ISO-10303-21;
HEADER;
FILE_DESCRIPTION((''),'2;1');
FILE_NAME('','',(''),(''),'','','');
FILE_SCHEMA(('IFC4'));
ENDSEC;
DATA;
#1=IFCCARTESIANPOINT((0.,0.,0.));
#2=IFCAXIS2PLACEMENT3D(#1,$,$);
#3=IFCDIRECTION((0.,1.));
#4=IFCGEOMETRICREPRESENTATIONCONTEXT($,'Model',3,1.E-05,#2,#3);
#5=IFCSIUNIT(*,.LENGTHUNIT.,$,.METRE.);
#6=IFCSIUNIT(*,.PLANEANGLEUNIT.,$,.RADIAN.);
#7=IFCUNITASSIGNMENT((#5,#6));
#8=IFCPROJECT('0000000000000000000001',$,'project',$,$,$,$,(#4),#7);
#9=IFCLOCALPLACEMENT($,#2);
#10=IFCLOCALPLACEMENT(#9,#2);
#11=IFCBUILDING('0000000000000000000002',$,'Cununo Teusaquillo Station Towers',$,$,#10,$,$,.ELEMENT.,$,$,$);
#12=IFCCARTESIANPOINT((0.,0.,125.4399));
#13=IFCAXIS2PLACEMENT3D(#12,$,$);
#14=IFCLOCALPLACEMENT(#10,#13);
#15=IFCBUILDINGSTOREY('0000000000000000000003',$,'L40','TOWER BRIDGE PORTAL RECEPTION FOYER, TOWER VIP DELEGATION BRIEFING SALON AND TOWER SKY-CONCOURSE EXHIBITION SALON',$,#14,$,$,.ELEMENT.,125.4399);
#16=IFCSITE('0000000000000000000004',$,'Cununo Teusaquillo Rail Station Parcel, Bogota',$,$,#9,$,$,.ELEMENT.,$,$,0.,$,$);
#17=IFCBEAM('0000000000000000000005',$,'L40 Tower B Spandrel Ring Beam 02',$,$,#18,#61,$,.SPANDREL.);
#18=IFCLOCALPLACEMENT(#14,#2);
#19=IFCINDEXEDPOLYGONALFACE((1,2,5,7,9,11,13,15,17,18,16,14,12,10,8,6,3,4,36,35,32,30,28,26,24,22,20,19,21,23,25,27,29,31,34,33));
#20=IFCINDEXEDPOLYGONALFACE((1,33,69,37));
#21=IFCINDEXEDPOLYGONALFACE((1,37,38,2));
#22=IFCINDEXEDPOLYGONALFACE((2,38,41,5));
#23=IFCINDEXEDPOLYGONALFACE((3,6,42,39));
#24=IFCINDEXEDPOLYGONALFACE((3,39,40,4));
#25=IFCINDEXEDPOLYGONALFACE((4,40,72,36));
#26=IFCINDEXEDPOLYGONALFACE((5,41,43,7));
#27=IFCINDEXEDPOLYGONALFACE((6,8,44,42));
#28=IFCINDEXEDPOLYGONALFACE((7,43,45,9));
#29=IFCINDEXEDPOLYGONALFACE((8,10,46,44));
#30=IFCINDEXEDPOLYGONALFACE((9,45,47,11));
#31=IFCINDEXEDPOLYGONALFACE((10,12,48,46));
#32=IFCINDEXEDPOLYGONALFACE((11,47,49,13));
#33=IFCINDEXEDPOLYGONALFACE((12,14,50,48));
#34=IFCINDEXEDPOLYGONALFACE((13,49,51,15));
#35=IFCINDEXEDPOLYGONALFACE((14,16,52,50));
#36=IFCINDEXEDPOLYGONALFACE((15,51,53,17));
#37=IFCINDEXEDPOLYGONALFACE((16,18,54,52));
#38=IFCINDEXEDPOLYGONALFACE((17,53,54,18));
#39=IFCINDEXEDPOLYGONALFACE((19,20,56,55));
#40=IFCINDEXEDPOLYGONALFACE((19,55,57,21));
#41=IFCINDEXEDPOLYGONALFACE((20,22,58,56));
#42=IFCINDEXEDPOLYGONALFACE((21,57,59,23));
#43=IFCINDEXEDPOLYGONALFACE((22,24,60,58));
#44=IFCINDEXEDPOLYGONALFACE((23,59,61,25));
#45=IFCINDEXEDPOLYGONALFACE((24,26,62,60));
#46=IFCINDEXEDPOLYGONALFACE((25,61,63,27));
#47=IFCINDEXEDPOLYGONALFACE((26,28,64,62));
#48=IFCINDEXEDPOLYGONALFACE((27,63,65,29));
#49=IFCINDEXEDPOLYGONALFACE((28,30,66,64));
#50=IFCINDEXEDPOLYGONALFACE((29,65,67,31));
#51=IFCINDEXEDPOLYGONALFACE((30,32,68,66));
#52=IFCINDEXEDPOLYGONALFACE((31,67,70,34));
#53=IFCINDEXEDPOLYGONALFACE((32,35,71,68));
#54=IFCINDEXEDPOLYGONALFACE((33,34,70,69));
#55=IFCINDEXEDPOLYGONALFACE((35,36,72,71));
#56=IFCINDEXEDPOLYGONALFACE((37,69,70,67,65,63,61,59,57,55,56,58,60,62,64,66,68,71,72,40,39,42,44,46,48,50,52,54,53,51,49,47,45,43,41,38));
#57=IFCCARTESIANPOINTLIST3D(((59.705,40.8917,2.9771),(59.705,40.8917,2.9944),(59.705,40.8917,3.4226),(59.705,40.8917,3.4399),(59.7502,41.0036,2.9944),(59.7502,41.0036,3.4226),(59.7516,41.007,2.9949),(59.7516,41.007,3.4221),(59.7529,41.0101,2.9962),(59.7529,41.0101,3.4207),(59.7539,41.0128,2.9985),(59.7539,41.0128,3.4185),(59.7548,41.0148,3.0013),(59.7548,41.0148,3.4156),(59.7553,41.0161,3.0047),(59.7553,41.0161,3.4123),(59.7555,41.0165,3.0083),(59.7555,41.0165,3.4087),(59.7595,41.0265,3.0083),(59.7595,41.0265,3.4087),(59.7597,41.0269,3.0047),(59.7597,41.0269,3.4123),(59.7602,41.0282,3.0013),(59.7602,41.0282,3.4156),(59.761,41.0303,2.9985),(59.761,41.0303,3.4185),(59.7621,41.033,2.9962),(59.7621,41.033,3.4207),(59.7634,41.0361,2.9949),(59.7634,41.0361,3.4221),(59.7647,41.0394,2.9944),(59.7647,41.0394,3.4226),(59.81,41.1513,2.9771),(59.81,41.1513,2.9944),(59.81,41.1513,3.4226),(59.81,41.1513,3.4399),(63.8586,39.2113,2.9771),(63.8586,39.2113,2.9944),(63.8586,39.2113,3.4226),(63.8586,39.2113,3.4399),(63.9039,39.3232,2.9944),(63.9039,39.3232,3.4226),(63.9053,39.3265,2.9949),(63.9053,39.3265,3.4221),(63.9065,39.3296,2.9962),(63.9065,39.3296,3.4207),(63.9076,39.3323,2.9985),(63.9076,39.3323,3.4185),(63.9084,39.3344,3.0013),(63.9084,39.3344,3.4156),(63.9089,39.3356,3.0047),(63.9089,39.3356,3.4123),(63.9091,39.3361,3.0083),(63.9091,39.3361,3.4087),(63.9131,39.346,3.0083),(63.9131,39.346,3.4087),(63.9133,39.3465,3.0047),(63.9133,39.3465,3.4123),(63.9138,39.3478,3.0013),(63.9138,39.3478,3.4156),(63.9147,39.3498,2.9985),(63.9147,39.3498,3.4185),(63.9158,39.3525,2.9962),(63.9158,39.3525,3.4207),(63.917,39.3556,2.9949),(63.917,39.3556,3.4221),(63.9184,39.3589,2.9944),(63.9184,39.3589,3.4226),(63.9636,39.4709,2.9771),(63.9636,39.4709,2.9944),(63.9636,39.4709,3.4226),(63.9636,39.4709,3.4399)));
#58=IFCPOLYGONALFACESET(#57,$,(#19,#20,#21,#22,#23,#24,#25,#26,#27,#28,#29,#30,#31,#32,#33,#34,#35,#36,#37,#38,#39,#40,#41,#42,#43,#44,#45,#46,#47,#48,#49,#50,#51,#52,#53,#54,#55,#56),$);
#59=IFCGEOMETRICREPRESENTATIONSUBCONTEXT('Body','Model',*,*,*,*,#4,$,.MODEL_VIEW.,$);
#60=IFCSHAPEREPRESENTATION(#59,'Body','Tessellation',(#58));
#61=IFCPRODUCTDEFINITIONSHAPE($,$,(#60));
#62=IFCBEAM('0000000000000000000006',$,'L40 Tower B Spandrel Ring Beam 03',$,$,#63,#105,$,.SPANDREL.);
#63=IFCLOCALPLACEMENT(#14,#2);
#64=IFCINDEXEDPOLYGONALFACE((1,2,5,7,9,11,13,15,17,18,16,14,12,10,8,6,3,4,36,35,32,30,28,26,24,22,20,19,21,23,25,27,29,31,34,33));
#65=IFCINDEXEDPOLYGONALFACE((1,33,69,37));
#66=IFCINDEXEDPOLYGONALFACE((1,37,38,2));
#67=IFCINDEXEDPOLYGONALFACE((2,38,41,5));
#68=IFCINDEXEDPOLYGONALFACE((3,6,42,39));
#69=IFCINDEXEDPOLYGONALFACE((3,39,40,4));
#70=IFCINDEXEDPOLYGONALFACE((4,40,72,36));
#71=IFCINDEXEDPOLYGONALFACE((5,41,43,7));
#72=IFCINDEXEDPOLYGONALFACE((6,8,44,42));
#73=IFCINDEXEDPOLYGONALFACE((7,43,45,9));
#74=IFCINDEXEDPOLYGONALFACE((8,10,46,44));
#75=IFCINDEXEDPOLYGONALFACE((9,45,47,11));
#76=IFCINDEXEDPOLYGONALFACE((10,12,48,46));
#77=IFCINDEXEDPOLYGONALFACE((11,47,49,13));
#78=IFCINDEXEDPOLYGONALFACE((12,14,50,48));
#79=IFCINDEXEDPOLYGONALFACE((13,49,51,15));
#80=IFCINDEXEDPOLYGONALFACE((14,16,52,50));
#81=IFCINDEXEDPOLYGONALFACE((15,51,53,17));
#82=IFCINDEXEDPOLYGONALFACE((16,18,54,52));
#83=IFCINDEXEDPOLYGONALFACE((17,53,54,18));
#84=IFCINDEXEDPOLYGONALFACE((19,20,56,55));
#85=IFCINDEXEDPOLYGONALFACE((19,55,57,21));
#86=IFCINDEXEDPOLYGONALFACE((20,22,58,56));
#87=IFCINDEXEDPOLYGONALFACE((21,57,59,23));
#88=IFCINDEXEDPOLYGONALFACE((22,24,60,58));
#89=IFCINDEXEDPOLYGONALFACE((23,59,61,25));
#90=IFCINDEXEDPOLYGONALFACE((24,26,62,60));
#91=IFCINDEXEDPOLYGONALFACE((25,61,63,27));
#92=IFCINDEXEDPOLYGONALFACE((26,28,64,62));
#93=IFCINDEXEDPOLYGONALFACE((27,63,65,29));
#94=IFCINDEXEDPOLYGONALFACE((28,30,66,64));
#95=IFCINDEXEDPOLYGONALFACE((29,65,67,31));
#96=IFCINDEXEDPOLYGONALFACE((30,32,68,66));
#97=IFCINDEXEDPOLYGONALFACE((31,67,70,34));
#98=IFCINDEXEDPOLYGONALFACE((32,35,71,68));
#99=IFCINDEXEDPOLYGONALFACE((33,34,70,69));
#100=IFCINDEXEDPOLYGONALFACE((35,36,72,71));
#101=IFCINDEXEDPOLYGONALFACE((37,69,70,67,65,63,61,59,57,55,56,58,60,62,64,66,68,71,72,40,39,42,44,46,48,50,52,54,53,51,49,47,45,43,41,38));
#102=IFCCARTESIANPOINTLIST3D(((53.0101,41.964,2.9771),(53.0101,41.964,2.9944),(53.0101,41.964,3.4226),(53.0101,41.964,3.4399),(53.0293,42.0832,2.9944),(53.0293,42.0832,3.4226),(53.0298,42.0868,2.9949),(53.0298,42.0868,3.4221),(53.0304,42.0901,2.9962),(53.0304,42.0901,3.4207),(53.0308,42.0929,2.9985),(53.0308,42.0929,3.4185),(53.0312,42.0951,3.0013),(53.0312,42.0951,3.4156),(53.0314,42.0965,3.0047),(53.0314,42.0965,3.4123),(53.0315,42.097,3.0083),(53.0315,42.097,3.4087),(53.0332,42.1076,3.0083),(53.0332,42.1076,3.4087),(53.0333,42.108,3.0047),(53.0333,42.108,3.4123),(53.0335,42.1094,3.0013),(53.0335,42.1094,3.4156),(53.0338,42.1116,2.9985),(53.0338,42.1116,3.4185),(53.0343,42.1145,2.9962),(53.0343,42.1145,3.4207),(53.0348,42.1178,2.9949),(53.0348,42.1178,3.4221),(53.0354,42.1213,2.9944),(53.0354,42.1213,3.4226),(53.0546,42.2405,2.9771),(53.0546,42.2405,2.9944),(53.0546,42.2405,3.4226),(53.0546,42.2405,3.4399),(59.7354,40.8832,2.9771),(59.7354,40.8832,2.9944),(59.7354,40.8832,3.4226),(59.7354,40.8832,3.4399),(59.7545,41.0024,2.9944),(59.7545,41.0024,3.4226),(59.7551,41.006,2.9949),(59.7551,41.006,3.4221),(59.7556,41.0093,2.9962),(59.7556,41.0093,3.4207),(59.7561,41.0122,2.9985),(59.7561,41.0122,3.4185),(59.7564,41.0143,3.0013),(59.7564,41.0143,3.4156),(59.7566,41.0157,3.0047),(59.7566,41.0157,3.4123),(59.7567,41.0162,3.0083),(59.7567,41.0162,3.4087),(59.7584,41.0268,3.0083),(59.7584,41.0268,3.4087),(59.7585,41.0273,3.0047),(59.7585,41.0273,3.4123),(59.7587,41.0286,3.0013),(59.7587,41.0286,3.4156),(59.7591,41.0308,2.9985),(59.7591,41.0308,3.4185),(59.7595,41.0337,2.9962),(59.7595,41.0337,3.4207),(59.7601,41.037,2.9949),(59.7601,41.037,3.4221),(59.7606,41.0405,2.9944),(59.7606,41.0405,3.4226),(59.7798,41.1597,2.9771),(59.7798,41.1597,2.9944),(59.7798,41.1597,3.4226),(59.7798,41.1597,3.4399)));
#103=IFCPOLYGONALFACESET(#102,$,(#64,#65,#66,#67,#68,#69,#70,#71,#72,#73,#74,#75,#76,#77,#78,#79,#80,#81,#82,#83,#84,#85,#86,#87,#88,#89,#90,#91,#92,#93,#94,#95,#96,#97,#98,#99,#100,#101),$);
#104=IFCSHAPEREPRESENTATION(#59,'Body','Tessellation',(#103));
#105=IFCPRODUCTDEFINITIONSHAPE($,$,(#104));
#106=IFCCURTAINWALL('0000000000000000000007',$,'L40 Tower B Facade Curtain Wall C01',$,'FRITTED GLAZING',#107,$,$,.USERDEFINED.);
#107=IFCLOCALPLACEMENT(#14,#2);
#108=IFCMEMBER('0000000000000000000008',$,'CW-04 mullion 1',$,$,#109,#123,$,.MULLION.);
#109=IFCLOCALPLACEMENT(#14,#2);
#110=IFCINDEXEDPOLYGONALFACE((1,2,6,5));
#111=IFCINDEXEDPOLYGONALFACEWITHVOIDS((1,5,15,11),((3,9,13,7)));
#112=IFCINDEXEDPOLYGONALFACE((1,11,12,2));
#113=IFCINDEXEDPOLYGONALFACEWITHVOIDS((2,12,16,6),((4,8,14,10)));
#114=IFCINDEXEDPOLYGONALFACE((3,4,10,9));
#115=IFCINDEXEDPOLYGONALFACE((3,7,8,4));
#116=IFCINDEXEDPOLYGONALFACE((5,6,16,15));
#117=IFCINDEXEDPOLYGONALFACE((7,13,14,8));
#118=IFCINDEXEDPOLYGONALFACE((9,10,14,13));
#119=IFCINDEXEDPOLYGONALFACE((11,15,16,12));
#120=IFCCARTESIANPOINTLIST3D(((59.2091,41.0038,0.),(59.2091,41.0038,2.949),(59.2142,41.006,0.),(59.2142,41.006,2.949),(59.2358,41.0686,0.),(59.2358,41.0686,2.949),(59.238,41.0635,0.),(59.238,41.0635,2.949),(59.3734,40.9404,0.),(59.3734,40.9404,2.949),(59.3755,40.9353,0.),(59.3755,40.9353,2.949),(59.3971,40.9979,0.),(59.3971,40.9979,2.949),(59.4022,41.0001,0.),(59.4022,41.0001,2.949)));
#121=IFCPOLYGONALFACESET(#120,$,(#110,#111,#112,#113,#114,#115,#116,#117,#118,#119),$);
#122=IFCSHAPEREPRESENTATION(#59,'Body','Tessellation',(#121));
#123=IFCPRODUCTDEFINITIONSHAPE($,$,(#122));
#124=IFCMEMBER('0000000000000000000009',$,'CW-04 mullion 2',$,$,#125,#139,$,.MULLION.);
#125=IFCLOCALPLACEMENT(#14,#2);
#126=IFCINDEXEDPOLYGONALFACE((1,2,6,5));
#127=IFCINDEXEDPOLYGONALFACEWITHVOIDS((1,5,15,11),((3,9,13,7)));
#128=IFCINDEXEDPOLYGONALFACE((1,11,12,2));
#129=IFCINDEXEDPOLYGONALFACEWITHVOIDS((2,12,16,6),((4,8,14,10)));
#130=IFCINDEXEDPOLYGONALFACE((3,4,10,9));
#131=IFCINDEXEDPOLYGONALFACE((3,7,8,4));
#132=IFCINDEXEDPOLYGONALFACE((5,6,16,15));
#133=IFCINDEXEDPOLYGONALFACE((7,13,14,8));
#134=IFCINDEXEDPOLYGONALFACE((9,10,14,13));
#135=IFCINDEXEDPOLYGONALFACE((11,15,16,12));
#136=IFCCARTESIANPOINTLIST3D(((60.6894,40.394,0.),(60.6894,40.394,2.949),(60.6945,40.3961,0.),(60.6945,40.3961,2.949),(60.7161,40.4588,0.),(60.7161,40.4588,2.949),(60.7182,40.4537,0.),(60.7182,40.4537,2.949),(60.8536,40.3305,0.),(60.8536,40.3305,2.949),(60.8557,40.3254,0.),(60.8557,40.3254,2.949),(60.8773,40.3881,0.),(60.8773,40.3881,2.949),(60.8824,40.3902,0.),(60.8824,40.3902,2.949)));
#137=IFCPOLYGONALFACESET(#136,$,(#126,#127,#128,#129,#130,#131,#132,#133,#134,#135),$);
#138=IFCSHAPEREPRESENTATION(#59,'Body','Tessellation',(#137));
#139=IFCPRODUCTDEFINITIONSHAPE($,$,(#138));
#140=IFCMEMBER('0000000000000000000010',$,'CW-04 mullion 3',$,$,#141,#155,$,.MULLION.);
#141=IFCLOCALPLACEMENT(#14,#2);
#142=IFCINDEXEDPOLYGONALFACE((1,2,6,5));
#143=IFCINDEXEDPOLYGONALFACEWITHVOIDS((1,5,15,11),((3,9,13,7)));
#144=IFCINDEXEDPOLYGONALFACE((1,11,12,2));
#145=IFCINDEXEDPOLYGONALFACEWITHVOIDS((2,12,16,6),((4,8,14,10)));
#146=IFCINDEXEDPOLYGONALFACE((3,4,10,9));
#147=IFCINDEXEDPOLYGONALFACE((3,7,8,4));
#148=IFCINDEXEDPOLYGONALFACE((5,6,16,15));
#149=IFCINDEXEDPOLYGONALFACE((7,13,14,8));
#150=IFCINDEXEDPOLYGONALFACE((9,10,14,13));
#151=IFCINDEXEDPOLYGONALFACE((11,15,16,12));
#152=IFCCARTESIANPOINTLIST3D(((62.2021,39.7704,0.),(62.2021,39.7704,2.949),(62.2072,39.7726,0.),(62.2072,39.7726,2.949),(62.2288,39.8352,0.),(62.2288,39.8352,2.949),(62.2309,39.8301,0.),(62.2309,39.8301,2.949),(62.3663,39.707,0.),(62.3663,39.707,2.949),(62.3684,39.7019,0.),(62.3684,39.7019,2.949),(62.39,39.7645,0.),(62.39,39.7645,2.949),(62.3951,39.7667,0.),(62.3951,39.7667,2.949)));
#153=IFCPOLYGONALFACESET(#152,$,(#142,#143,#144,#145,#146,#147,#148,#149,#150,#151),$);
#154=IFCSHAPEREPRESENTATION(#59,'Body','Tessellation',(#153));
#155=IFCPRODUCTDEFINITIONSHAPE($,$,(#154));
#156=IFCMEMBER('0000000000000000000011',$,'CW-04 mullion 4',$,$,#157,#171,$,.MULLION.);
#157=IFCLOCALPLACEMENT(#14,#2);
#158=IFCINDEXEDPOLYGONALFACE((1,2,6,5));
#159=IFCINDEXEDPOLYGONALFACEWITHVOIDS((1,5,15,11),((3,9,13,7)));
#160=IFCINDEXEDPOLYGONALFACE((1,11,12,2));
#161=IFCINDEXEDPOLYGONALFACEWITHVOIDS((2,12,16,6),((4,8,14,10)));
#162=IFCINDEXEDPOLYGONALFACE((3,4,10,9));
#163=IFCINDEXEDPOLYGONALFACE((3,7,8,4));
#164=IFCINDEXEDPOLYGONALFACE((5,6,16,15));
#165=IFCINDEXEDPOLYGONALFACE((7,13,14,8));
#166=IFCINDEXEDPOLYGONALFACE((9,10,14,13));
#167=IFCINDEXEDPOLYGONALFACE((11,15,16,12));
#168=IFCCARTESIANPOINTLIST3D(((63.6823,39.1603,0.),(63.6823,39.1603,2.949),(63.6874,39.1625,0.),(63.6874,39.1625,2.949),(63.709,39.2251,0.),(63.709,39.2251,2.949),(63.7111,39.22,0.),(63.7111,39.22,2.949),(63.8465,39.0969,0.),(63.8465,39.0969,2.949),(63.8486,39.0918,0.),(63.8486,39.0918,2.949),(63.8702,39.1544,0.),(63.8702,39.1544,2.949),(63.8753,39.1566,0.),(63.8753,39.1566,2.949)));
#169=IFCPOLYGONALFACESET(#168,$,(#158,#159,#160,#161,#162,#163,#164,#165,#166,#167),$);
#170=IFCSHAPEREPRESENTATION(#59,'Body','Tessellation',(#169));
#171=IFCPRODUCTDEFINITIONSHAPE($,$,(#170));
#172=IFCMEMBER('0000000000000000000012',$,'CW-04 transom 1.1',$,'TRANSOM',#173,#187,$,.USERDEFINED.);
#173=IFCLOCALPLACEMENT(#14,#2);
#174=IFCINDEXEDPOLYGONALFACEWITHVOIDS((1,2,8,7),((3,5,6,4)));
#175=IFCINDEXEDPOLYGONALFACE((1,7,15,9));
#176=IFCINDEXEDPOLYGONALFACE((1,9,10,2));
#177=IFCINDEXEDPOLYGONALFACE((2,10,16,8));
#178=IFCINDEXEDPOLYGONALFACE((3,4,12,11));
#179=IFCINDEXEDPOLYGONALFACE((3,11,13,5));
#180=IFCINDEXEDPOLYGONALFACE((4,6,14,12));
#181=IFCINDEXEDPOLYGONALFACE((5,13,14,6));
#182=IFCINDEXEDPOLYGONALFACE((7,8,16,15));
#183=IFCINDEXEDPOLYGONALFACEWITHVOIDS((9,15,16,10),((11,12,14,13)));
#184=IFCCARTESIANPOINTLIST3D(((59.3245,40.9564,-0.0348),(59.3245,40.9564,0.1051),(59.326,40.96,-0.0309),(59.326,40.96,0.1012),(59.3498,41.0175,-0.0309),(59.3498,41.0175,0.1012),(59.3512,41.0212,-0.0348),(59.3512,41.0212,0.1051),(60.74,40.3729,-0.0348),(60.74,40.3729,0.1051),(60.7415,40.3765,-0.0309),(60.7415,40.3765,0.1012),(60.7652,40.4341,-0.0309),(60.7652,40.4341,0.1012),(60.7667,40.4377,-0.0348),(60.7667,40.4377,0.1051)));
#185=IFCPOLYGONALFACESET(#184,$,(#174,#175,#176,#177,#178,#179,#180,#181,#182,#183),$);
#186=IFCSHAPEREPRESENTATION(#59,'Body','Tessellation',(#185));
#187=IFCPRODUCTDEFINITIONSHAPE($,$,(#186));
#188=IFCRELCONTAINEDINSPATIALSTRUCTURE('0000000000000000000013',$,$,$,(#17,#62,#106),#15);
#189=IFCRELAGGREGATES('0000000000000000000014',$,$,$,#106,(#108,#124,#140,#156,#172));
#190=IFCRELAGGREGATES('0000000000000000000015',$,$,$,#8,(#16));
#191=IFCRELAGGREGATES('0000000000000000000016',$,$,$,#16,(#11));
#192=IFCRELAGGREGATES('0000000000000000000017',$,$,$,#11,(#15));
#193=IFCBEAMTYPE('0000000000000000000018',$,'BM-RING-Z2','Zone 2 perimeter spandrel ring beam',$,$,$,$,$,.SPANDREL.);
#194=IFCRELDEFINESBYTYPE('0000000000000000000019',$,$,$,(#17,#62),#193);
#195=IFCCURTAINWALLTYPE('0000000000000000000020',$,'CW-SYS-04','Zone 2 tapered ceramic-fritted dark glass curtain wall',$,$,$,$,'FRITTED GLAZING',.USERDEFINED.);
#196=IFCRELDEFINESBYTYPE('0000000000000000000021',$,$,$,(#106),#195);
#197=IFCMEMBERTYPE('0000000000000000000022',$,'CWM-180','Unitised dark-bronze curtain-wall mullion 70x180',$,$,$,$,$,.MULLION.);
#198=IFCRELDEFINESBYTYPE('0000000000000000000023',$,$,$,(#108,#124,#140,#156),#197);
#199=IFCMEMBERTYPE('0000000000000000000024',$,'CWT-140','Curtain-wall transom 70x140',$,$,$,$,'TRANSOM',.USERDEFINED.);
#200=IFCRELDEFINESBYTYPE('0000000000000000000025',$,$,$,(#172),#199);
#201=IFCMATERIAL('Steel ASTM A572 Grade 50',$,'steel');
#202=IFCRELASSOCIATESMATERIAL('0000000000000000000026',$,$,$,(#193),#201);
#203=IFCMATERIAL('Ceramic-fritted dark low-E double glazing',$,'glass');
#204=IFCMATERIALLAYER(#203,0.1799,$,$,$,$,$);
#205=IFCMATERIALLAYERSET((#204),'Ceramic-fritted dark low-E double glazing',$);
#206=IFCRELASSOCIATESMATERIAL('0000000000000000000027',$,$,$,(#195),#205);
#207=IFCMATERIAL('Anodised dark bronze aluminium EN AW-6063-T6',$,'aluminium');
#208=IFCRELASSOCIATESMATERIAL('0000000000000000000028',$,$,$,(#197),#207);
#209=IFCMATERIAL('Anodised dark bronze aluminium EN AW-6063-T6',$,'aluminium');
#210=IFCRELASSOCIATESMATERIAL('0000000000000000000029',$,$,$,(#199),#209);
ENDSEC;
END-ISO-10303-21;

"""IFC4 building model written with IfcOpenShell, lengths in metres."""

from ifc_helpers import new_model, si_unit, direction, frame, origin, origin_2d, place, context, subcontext, project, spatial, hollow_rectangle, i_section, extrude, material, layer, layer_set, material_profile, profile_set, type_object, element, aggregate, save


model = new_model("IFC4")

# Units and contexts
model_context = context("Model", 3, precision=1e-05, world=origin(), true_north=direction((0.0, 1.0)))
body_context = subcontext(model_context, "Body", "Model", "MODEL_VIEW")
ifc_project = project(units=[si_unit("LENGTHUNIT", "METRE"), si_unit("PLANEANGLEUNIT", "RADIAN")], contexts=[model_context])

# Site, building, storey
site_placement = place(None, origin())
site = spatial("IfcSite", under=ifc_project, at=site_placement, Name="Cununo Teusaquillo Rail Station Parcel, Bogota", CompositionType="ELEMENT", RefElevation=0.0)
building_placement = place(site_placement, origin())
building = spatial("IfcBuilding", under=site, at=building_placement, Name="Cununo Teusaquillo Station Towers", CompositionType="ELEMENT")
storey_placement = place(building_placement, frame((0.0, 0.0, 125.4399)))
storey = spatial("IfcBuildingStorey", under=building, at=storey_placement, Name="L40", Description="TOWER BRIDGE PORTAL RECEPTION FOYER, TOWER VIP DELEGATION BRIEFING SALON AND TOWER SKY-CONCOURSE EXHIBITION SALON", CompositionType="ELEMENT", Elevation=125.4399)

# Beams
ifc_material_1 = material(Name="Steel ASTM A572 Grade 50", Category="steel")
ifc_material_profile_1 = material_profile(ifc_material_1, i_section(OverallWidth=0.28, OverallDepth=0.4629, WebThickness=0.0107, FlangeThickness=0.0173, FilletRadius=0.0139, at=origin_2d()), Name="W18X76")
ifc_profile_set_1 = profile_set([ifc_material_profile_1], Name="Steel ASTM A572 Grade 50")
beam_type_1 = type_object("IfcBeamType", Name="BM-RING-Z2", Description="Zone 2 perimeter spandrel ring beam", PredefinedType="SPANDREL", material=ifc_profile_set_1)
beam_1_placement = place(storey_placement, frame((63.9111, 39.3411, 3.2085), z_axis=(-0.927008, 0.375042, 0.0), x_axis=(-0.375042, -0.927008, 0.0)))
element("IfcBeam", 1, at=beam_1_placement, inside=storey, type_object=beam_type_1, Name="L40 Tower B Spandrel Ring Beam 02", PredefinedType="SPANDREL", context=body_context, shape_type="SweptSolid", body=[
    extrude(i_section(OverallWidth=0.28, OverallDepth=0.4629, WebThickness=0.0107, FlangeThickness=0.0173, FilletRadius=0.0139, at=origin_2d()), origin(), (0.0, 0.0, 1.0), 4.4807),
])
beam_2_placement = place(storey_placement, frame((59.7576, 41.0215, 3.2085), z_axis=(-0.987331, 0.158671, 0.0), x_axis=(-0.158671, -0.987331, 0.0)))
element("IfcBeam", 2, at=beam_2_placement, inside=storey, type_object=beam_type_1, Name="L40 Tower B Spandrel Ring Beam 03", PredefinedType="SPANDREL", context=body_context, shape_type="SweptSolid", body=[
    extrude(i_section(OverallWidth=0.28, OverallDepth=0.4629, WebThickness=0.0107, FlangeThickness=0.0173, FilletRadius=0.0139, at=origin_2d()), origin(), (0.0, 0.0, 1.0), 6.8115),
])

# Curtain wall, members
ifc_material_2 = material(Name="Ceramic-fritted dark low-E double glazing", Category="glass")
ifc_layer_1 = layer(ifc_material_2, 0.1799)
ifc_layer_set_1 = layer_set([ifc_layer_1], Name="Ceramic-fritted dark low-E double glazing")
curtain_wall_type = type_object("IfcCurtainWallType", Name="CW-SYS-04", Description="Zone 2 tapered ceramic-fritted dark glass curtain wall", ElementType="FRITTED GLAZING", PredefinedType="USERDEFINED", material=ifc_layer_set_1)
curtain_wall_placement = place(storey_placement, origin())
curtain_wall = element("IfcCurtainWall", 3, at=curtain_wall_placement, inside=storey, type_object=curtain_wall_type, Name="L40 Tower B Facade Curtain Wall C01", ObjectType="FRITTED GLAZING", PredefinedType="USERDEFINED")
ifc_material_3 = material(Name="Anodised dark bronze aluminium EN AW-6063-T6", Category="aluminium")
ifc_material_profile_2 = material_profile(ifc_material_3, hollow_rectangle(XDim=0.0701, YDim=0.1799, WallThickness=0.0039, at=origin_2d()), Name="CW-MULL-70x180")
ifc_profile_set_2 = profile_set([ifc_material_profile_2], Name="Anodised dark bronze aluminium EN AW-6063-T6")
member_type_1 = type_object("IfcMemberType", Name="CWM-180", Description="Unitised dark-bronze curtain-wall mullion 70x180", PredefinedType="MULLION", material=ifc_profile_set_2)
member_1_placement = place(storey_placement, frame((59.3057, 41.002, 0.0), z_axis=(0.0, 0.0, 1.0), x_axis=(0.381031, 0.924562, 0.0)))
member_1 = element("IfcMember", 4, at=member_1_placement, type_object=member_type_1, Name="CW-04 mullion 1", PredefinedType="MULLION", context=body_context, shape_type="SweptSolid", body=[
    extrude(hollow_rectangle(XDim=0.0701, YDim=0.1799, WallThickness=0.0039, at=origin_2d()), origin(), (0.0, 0.0, 1.0), 2.949),
])
member_2_placement = place(storey_placement, frame((60.7859, 40.3921, 0.0), z_axis=(0.0, 0.0, 1.0), x_axis=(0.381031, 0.924562, 0.0)))
member_2 = element("IfcMember", 5, at=member_2_placement, type_object=member_type_1, Name="CW-04 mullion 2", PredefinedType="MULLION", context=body_context, shape_type="SweptSolid", body=[
    extrude(hollow_rectangle(XDim=0.0701, YDim=0.1799, WallThickness=0.0039, at=origin_2d()), origin(), (0.0, 0.0, 1.0), 2.949),
])
member_3_placement = place(storey_placement, frame((62.2986, 39.7686, 0.0), z_axis=(0.0, 0.0, 1.0), x_axis=(0.381031, 0.924562, 0.0)))
member_3 = element("IfcMember", 6, at=member_3_placement, type_object=member_type_1, Name="CW-04 mullion 3", PredefinedType="MULLION", context=body_context, shape_type="SweptSolid", body=[
    extrude(hollow_rectangle(XDim=0.0701, YDim=0.1799, WallThickness=0.0039, at=origin_2d()), origin(), (0.0, 0.0, 1.0), 2.949),
])
member_4_placement = place(storey_placement, frame((63.7788, 39.1584, 0.0), z_axis=(0.0, 0.0, 1.0), x_axis=(0.381031, 0.924562, 0.0)))
member_4 = element("IfcMember", 7, at=member_4_placement, type_object=member_type_1, Name="CW-04 mullion 4", PredefinedType="MULLION", context=body_context, shape_type="SweptSolid", body=[
    extrude(hollow_rectangle(XDim=0.0701, YDim=0.1799, WallThickness=0.0039, at=origin_2d()), origin(), (0.0, 0.0, 1.0), 2.949),
])
ifc_material_4 = material(Name="Anodised dark bronze aluminium EN AW-6063-T6", Category="aluminium")
ifc_material_profile_3 = material_profile(ifc_material_4, hollow_rectangle(XDim=0.0701, YDim=0.1399, WallThickness=0.0039, at=origin_2d()), Name="CW-TRAN-70x140")
ifc_profile_set_3 = profile_set([ifc_material_profile_3], Name="Anodised dark bronze aluminium EN AW-6063-T6")
member_type_2 = type_object("IfcMemberType", Name="CWT-140", Description="Curtain-wall transom 70x140", ElementType="TRANSOM", PredefinedType="USERDEFINED", material=ifc_profile_set_3)
member_5_placement = place(storey_placement, frame((59.3379, 40.9888, 0.0352), z_axis=(0.924533, -0.381103, 0.0), x_axis=(0.381103, 0.924533, 0.0)))
member_5 = element("IfcMember", 8, at=member_5_placement, type_object=member_type_2, Name="CW-04 transom 1.1", ObjectType="TRANSOM", PredefinedType="USERDEFINED", context=body_context, shape_type="SweptSolid", body=[
    extrude(hollow_rectangle(XDim=0.0701, YDim=0.1399, WallThickness=0.0039, at=origin_2d()), origin(), (0.0, 0.0, 1.0), 1.531),
])
aggregate(curtain_wall, [member_1, member_2, member_3, member_4, member_5])

save(model, "model.ifc")
